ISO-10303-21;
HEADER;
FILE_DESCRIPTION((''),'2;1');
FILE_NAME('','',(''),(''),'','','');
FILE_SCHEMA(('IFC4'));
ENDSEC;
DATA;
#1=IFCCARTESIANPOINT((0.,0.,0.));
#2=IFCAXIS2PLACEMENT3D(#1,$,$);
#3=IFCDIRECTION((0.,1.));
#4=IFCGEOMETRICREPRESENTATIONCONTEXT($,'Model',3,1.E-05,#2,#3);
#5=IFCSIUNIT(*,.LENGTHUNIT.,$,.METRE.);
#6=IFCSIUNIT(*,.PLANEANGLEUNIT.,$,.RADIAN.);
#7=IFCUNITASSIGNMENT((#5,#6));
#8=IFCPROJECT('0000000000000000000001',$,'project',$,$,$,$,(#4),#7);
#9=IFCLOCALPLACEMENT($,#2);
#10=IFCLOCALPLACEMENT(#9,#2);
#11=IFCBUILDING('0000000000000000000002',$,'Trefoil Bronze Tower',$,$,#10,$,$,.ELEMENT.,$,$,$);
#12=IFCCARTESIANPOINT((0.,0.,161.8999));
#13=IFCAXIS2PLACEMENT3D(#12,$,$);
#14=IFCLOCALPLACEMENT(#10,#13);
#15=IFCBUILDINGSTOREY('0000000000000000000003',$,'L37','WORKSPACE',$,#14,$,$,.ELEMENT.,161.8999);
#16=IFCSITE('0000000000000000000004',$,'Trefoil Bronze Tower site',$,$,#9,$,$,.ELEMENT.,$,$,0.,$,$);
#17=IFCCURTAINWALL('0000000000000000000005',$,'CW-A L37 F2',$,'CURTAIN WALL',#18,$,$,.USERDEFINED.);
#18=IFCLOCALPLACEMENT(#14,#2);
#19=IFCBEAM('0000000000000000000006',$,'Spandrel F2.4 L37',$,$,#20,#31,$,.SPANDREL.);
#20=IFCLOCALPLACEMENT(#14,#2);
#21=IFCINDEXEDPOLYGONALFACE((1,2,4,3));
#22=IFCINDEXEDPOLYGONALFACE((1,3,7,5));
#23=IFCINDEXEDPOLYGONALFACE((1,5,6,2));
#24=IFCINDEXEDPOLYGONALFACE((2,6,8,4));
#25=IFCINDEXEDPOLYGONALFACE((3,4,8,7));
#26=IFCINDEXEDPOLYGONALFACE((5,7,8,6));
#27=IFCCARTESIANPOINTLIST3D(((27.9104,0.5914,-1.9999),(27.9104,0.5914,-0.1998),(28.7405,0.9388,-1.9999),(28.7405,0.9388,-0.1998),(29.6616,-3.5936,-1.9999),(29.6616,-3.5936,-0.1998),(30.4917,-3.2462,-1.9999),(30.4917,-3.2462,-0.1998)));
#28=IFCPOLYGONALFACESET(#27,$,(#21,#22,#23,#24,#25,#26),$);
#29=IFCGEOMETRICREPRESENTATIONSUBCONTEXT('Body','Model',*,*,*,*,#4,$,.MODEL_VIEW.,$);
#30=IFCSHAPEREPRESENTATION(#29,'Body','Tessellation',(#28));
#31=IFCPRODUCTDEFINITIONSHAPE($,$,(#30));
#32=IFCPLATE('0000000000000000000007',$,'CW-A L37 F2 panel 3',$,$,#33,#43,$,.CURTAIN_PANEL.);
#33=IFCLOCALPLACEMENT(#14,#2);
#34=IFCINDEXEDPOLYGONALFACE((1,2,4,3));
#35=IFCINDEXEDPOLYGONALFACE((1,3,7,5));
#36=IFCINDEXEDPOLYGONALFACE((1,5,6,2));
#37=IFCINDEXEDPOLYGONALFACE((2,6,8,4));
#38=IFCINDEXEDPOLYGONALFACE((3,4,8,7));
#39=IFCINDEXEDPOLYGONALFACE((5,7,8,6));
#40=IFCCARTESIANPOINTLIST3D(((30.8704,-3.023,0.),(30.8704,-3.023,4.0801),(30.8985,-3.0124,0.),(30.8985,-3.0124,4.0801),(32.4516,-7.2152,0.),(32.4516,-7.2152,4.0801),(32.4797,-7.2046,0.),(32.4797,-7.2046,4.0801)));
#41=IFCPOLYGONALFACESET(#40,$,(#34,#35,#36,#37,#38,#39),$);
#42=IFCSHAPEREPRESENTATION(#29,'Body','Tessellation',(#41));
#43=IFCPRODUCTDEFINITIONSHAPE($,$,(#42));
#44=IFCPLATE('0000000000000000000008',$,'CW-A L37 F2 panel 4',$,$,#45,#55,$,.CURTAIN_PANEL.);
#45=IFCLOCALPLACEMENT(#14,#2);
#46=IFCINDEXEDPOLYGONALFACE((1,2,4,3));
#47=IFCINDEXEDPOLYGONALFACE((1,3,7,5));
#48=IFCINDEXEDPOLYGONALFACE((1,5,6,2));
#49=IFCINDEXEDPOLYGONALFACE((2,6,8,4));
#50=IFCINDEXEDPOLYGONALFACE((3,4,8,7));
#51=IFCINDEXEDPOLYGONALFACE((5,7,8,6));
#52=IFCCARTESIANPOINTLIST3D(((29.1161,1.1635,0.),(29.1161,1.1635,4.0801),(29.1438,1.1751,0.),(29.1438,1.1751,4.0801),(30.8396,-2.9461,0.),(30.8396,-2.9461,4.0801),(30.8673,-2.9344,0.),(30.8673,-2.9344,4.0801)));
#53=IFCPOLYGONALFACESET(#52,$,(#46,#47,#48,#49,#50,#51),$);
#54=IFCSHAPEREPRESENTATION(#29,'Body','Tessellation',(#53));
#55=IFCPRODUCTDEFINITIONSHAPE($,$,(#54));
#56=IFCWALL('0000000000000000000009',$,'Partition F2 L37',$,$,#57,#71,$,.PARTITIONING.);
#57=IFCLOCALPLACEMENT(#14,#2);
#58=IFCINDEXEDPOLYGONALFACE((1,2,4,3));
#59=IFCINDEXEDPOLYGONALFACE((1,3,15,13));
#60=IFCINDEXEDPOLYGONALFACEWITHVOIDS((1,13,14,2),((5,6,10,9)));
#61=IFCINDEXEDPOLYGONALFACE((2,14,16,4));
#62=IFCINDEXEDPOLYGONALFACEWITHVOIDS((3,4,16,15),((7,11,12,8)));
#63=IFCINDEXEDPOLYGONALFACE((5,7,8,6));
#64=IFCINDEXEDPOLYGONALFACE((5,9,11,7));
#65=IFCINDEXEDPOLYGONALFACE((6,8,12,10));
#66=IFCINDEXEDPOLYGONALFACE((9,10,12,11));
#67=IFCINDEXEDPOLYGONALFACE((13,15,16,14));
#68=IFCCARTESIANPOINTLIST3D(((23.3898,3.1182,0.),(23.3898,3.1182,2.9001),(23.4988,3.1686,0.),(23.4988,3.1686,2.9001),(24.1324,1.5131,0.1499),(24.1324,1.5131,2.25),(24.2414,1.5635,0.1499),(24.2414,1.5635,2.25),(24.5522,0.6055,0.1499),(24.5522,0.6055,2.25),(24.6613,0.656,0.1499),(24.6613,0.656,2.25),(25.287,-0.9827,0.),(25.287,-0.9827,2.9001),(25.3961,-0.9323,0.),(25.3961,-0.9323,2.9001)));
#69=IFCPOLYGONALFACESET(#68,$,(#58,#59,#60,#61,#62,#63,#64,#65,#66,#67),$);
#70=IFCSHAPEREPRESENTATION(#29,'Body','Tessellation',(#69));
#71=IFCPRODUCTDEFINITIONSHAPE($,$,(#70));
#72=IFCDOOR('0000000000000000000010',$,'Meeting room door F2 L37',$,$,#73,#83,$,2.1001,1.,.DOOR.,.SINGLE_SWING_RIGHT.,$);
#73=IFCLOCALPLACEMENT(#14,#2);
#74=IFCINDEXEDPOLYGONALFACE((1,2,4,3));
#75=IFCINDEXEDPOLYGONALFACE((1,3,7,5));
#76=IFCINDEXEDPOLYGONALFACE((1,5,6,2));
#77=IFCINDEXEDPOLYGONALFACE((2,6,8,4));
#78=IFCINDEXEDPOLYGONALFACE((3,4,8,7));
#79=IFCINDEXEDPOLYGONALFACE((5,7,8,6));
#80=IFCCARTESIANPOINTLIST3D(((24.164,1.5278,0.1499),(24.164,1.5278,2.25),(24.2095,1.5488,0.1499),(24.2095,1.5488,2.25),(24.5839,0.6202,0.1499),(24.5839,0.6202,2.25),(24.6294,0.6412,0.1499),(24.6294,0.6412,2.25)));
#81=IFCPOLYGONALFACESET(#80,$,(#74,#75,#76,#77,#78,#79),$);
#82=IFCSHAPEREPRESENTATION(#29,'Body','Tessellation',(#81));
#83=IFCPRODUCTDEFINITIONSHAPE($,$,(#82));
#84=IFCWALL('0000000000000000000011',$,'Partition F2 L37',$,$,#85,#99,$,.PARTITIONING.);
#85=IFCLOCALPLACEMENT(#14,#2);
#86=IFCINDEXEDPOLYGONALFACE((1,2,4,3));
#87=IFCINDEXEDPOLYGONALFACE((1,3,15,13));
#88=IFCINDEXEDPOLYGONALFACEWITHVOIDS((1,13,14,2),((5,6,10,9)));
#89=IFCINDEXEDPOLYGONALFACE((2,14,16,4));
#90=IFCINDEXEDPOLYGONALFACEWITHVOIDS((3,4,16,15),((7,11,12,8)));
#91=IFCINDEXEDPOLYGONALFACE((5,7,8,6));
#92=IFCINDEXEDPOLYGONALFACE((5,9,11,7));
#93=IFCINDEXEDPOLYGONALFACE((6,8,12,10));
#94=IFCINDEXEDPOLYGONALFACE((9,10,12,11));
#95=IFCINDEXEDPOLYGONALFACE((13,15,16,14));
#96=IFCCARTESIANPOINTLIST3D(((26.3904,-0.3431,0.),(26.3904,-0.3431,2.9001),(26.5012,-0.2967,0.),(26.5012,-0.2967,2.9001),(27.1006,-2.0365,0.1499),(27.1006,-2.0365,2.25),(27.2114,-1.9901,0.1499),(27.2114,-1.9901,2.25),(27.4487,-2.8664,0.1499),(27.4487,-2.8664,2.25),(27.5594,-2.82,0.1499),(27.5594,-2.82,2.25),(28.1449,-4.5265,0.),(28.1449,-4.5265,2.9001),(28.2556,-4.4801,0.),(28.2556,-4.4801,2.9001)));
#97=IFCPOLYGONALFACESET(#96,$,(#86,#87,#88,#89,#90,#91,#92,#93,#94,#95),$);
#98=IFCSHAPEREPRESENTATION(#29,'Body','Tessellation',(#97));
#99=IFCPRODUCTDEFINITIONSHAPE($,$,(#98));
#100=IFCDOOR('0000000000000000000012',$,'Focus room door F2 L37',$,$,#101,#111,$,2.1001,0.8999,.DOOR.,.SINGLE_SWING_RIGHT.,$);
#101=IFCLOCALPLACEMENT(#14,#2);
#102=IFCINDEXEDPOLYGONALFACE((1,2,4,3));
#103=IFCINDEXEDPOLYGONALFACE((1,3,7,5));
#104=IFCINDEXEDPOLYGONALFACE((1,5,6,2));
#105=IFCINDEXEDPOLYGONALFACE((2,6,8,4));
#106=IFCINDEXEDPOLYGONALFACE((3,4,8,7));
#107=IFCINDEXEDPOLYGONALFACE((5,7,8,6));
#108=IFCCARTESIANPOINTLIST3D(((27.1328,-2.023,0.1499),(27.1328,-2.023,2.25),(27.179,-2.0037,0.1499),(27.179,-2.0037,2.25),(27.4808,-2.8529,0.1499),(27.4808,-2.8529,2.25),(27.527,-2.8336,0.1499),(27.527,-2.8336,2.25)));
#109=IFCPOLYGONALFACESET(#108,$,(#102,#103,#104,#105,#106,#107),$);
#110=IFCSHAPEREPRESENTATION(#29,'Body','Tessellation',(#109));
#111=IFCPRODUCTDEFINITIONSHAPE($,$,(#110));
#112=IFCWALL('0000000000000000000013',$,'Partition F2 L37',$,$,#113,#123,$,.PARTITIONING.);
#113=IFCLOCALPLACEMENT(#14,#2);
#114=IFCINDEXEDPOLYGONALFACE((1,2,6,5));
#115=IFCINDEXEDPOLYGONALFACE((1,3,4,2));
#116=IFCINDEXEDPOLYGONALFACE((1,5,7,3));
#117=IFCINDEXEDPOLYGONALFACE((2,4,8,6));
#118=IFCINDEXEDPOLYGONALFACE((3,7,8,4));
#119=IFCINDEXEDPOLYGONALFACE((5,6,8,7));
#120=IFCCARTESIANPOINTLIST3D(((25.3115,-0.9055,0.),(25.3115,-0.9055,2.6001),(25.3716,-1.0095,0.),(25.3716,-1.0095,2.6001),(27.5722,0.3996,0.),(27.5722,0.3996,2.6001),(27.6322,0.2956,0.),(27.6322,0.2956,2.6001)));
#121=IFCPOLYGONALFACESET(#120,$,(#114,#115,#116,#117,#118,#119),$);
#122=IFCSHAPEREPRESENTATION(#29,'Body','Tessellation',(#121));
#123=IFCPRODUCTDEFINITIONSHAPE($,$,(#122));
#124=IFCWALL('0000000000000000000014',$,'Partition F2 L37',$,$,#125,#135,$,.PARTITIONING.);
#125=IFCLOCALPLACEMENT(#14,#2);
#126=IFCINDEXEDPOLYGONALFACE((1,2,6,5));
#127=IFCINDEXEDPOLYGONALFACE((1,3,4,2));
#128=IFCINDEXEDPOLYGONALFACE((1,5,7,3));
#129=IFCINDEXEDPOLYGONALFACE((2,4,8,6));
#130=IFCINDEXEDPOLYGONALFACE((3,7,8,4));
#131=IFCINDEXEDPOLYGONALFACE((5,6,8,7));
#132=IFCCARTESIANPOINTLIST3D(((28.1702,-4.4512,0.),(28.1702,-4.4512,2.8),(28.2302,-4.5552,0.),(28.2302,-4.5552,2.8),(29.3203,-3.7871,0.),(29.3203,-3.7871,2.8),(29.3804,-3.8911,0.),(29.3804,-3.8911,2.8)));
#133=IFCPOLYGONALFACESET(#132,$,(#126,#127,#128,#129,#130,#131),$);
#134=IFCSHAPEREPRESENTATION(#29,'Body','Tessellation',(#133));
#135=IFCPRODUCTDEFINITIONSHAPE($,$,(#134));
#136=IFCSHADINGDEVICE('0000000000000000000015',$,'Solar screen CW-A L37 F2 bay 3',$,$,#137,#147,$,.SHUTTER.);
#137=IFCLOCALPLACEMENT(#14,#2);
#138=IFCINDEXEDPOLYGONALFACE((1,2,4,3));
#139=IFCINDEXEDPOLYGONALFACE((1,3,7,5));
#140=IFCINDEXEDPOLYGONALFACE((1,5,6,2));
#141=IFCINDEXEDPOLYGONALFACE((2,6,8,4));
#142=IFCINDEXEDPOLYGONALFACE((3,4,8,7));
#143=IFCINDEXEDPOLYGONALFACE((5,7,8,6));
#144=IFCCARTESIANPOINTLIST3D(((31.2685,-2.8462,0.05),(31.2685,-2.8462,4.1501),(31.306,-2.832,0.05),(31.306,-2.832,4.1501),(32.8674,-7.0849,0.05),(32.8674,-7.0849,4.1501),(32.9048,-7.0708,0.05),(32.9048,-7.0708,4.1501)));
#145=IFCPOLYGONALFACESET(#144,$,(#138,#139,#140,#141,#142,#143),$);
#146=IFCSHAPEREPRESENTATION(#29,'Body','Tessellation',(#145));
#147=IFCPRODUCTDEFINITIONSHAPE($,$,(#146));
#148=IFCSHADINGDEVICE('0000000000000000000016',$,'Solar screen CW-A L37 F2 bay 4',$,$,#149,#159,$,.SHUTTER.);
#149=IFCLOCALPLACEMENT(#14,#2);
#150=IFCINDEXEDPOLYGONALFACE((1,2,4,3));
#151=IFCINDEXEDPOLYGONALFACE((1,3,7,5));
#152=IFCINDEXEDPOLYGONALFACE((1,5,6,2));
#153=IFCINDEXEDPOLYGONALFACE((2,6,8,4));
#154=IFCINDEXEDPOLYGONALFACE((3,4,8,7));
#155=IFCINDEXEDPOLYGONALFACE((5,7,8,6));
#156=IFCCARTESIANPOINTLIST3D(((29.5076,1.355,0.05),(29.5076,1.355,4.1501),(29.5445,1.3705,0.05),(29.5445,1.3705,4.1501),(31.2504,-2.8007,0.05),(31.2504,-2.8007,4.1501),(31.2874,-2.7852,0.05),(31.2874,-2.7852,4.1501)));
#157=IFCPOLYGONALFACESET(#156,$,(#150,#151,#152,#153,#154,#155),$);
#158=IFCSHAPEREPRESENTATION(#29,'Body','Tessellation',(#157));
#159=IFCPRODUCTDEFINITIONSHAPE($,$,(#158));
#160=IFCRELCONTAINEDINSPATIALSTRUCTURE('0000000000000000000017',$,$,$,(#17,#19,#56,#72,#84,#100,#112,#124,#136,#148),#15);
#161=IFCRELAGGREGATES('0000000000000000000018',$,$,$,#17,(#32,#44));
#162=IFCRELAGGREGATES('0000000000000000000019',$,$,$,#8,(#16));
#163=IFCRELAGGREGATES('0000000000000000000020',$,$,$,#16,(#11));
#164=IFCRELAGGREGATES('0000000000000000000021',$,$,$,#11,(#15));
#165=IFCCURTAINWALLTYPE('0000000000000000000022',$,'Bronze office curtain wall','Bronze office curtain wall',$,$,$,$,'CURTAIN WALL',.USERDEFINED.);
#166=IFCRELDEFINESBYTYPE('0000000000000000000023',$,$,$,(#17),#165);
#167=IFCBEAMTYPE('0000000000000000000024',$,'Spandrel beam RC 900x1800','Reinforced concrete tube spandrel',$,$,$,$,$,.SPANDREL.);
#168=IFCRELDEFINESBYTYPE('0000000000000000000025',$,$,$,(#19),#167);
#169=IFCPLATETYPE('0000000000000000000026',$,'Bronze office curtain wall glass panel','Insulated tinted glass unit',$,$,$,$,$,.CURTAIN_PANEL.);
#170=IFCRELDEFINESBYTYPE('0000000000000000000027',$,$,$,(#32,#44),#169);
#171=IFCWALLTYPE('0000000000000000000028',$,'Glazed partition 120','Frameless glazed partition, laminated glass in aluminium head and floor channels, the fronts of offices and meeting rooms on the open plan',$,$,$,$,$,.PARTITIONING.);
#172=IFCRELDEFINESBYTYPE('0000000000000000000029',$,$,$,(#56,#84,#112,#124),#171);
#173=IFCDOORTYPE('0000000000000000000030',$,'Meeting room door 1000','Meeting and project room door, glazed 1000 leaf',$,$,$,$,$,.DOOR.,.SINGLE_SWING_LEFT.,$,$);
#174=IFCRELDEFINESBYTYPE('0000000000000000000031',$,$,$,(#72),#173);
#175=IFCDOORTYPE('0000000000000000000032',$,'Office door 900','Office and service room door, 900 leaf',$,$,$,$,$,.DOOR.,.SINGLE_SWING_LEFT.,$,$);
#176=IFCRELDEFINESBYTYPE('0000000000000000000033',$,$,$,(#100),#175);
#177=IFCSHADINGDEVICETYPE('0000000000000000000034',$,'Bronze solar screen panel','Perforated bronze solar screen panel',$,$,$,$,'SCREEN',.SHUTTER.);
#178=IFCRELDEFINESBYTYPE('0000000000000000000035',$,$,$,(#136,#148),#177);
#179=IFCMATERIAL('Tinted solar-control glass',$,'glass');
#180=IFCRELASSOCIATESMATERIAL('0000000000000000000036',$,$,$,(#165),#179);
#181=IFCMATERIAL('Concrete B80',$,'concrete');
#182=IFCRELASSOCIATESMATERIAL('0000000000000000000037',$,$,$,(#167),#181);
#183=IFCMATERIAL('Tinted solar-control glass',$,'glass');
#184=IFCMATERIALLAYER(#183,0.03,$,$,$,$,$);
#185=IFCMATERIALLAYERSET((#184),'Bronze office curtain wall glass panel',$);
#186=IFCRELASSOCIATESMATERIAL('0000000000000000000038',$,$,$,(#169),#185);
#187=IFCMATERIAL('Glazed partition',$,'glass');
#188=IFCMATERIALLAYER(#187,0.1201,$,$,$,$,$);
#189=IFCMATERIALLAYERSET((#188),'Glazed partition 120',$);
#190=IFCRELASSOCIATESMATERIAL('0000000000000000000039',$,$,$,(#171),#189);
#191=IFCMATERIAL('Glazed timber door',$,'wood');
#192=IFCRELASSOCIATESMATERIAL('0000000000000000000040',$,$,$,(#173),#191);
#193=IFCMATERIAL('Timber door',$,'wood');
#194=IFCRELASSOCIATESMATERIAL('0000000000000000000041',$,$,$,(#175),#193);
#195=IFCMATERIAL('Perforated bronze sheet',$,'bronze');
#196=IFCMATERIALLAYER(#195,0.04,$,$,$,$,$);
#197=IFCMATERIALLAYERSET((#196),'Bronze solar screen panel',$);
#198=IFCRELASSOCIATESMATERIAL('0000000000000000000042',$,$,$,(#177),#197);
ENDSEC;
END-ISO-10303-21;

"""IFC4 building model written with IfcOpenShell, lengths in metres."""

from ifc_helpers import new_model, si_unit, direction, frame, frame_2d, origin, origin_2d, place, context, subcontext, project, spatial, rectangle, extrude, material, layer, layer_set, material_profile, profile_set, type_object, element, fill, aggregate, save


model = new_model("IFC4")

# Units and contexts
model_context = context("Model", 3, precision=1e-05, world=origin(), true_north=direction((0.0, 1.0)))
body_context = subcontext(model_context, "Body", "Model", "MODEL_VIEW")
ifc_project = project(units=[si_unit("LENGTHUNIT", "METRE"), si_unit("PLANEANGLEUNIT", "RADIAN")], contexts=[model_context])

# Site, building, storey
site_placement = place(None, origin())
site = spatial("IfcSite", under=ifc_project, at=site_placement, Name="Trefoil Bronze Tower site", CompositionType="ELEMENT", RefElevation=0.0)
building_placement = place(site_placement, origin())
building = spatial("IfcBuilding", under=site, at=building_placement, Name="Trefoil Bronze Tower", CompositionType="ELEMENT")
storey_placement = place(building_placement, frame((0.0, 0.0, 161.8999)))
storey = spatial("IfcBuildingStorey", under=building, at=storey_placement, Name="L37", Description="WORKSPACE", CompositionType="ELEMENT", Elevation=161.8999)

# Curtain wall
ifc_material_1 = material(Name="Tinted solar-control glass", Category="glass")
curtain_wall_type = type_object("IfcCurtainWallType", Name="Bronze office curtain wall", Description="Bronze office curtain wall", ElementType="CURTAIN WALL", PredefinedType="USERDEFINED", material=ifc_material_1)
curtain_wall_placement = place(storey_placement, origin())
curtain_wall = element("IfcCurtainWall", 1, at=curtain_wall_placement, inside=storey, type_object=curtain_wall_type, Name="CW-A L37 F2", ObjectType="CURTAIN WALL", PredefinedType="USERDEFINED")

# Beam
ifc_material_2 = material(Name="Concrete B80", Category="concrete")
ifc_material_profile_1 = material_profile(ifc_material_2, rectangle(XDim=0.8999, YDim=1.8, at=origin_2d()), Name="RC 900x1800")
ifc_profile_set_1 = profile_set([ifc_material_profile_1], Name="Concrete B80")
beam_type_1 = type_object("IfcBeamType", Name="Spandrel beam RC 900x1800", Description="Reinforced concrete tube spandrel", PredefinedType="SPANDREL", material=ifc_profile_set_1)
beam_1_placement = place(storey_placement, frame((30.0767, -3.4199, -1.0999), z_axis=(-0.386013, 0.922493, 0.0), x_axis=(-0.922493, -0.386013, 0.0)))
element("IfcBeam", 2, at=beam_1_placement, inside=storey, type_object=beam_type_1, Name="Spandrel F2.4 L37", PredefinedType="SPANDREL", context=body_context, shape_type="SweptSolid", body=[
    extrude(rectangle(XDim=0.8999, YDim=1.8, at=origin_2d()), origin(), (0.0, 0.0, 1.0), 4.5366),
])

# Plates
ifc_material_3 = material(Name="Tinted solar-control glass", Category="glass")
ifc_layer_1 = layer(ifc_material_3, 0.03)
ifc_layer_set_1 = layer_set([ifc_layer_1], Name="Bronze office curtain wall glass panel")
plate_type = type_object("IfcPlateType", Name="Bronze office curtain wall glass panel", Description="Insulated tinted glass unit", PredefinedType="CURTAIN_PANEL", material=ifc_layer_set_1)
plate_1_placement = place(storey_placement, frame((31.675, -5.1138, 0.0), z_axis=(0.0, 0.0, 1.0), x_axis=(-0.35292, 0.935654, 0.0)))
plate_1 = element("IfcPlate", 3, at=plate_1_placement, type_object=plate_type, Name="CW-A L37 F2 panel 3", PredefinedType="CURTAIN_PANEL", context=body_context, shape_type="SweptSolid", body=[
    extrude(rectangle(XDim=4.4805, YDim=0.03, at=origin_2d()), origin(), (0.0, 0.0, 1.0), 4.0801),
])
plate_2_placement = place(storey_placement, frame((29.9917, -0.8855, 0.0), z_axis=(0.0, 0.0, 1.0), x_axis=(-0.386759, 0.922181, 0.0)))
plate_2 = element("IfcPlate", 4, at=plate_2_placement, type_object=plate_type, Name="CW-A L37 F2 panel 4", PredefinedType="CURTAIN_PANEL", context=body_context, shape_type="SweptSolid", body=[
    extrude(rectangle(XDim=4.4563, YDim=0.03, at=origin_2d()), origin(), (0.0, 0.0, 1.0), 4.0801),
])
aggregate(curtain_wall, [plate_1, plate_2])

# Walls, openings, doors
ifc_material_4 = material(Name="Glazed partition", Category="glass")
ifc_layer_2 = layer(ifc_material_4, 0.1201)
ifc_layer_set_2 = layer_set([ifc_layer_2], Name="Glazed partition 120")
wall_type = type_object("IfcWallType", Name="Glazed partition 120", Description="Frameless glazed partition, laminated glass in aluminium head and floor channels, the fronts of offices and meeting rooms on the open plan", PredefinedType="PARTITIONING", material=ifc_layer_set_2)
wall_1_placement = place(storey_placement, frame((25.3416, -0.9575, 0.0), z_axis=(0.0, 0.0, 1.0), x_axis=(-0.419884, 0.907578, 0.0)))
wall_1 = element("IfcWall", 5, at=wall_1_placement, inside=storey, type_object=wall_type, Name="Partition F2 L37", PredefinedType="PARTITIONING", context=body_context, shape_type="SweptSolid", body=[
    extrude(rectangle(XDim=4.5186, YDim=0.1201, at=frame_2d((2.2593, 0.0))), origin(), (0.0, 0.0, 1.0), 2.9001),
])
opening_1_placement = place(wall_1_placement, frame((1.75, 0.0, 0.1499)))
opening_1 = element("IfcOpeningElement", 6, at=opening_1_placement, cuts=wall_1, PredefinedType="OPENING", context=body_context, shape_type="SweptSolid", body=[
    extrude(rectangle(XDim=1.0, YDim=2.1001, at=frame_2d((0.5, 1.05))), frame((0.0, 0.0701, 0.0), z_axis=(0.0, -1.0, 0.0), x_axis=(1.0, 0.0, 0.0)), (0.0, 0.0, 1.0), 0.1401),
])
ifc_material_5 = material(Name="Glazed timber door", Category="wood")
door_type_1 = type_object("IfcDoorType", Name="Meeting room door 1000", Description="Meeting and project room door, glazed 1000 leaf", OperationType="SINGLE_SWING_LEFT", PredefinedType="DOOR", material=ifc_material_5)
door_1_placement = place(opening_1_placement, frame((1.0, 0.0, 0.0), z_axis=(0.0, 0.0, 1.0), x_axis=(-1.0, 0.0, 0.0)))
door_1 = element("IfcDoor", 7, at=door_1_placement, inside=storey, type_object=door_type_1, Name="Meeting room door F2 L37", OperationType="SINGLE_SWING_RIGHT", OverallHeight=2.1001, OverallWidth=1.0, PredefinedType="DOOR", context=body_context, shape_type="SweptSolid", body=[
    extrude(rectangle(XDim=1.0, YDim=2.1001, at=frame_2d((0.5, 1.05))), frame((0.0, 0.0249, 0.0), z_axis=(0.0, -1.0, 0.0), x_axis=(1.0, 0.0, 0.0)), (0.0, 0.0, 1.0), 0.05),
])
fill(opening_1, door_1)
wall_2_placement = place(storey_placement, frame((28.2002, -4.5032, 0.0), z_axis=(0.0, 0.0, 1.0), x_axis=(-0.386743, 0.922188, 0.0)))
wall_2 = element("IfcWall", 8, at=wall_2_placement, inside=storey, type_object=wall_type, Name="Partition F2 L37", PredefinedType="PARTITIONING", context=body_context, shape_type="SweptSolid", body=[
    extrude(rectangle(XDim=4.5364, YDim=0.1201, at=frame_2d((2.2681, 0.0))), origin(), (0.0, 0.0, 1.0), 2.9001),
])
opening_2_placement = place(wall_2_placement, frame((1.8, 0.0, 0.1499)))
opening_2 = element("IfcOpeningElement", 9, at=opening_2_placement, cuts=wall_2, PredefinedType="OPENING", context=body_context, shape_type="SweptSolid", body=[
    extrude(rectangle(XDim=0.8999, YDim=2.1001, at=frame_2d((0.45, 1.05))), frame((0.0, 0.0701, 0.0), z_axis=(0.0, -1.0, 0.0), x_axis=(1.0, 0.0, 0.0)), (0.0, 0.0, 1.0), 0.1401),
])
ifc_material_6 = material(Name="Timber door", Category="wood")
door_type_2 = type_object("IfcDoorType", Name="Office door 900", Description="Office and service room door, 900 leaf", OperationType="SINGLE_SWING_LEFT", PredefinedType="DOOR", material=ifc_material_6)
door_2_placement = place(opening_2_placement, frame((0.8999, 0.0, 0.0), z_axis=(0.0, 0.0, 1.0), x_axis=(-1.0, 0.0, 0.0)))
door_2 = element("IfcDoor", 10, at=door_2_placement, inside=storey, type_object=door_type_2, Name="Focus room door F2 L37", OperationType="SINGLE_SWING_RIGHT", OverallHeight=2.1001, OverallWidth=0.8999, PredefinedType="DOOR", context=body_context, shape_type="SweptSolid", body=[
    extrude(rectangle(XDim=0.8999, YDim=2.1001, at=frame_2d((0.45, 1.05))), frame((0.0, 0.0249, 0.0), z_axis=(0.0, -1.0, 0.0), x_axis=(1.0, 0.0, 0.0)), (0.0, 0.0, 1.0), 0.05),
])
fill(opening_2, door_2)

# Walls
wall_3_placement = place(storey_placement, frame((25.3416, -0.9575, 0.0), z_axis=(0.0, 0.0, 1.0), x_axis=(0.866036, 0.499982, 0.0)))
element("IfcWall", 11, at=wall_3_placement, inside=storey, type_object=wall_type, Name="Partition F2 L37", PredefinedType="PARTITIONING", context=body_context, shape_type="SweptSolid", body=[
    extrude(rectangle(XDim=2.6104, YDim=0.1201, at=frame_2d((1.3052, 0.0))), origin(), (0.0, 0.0, 1.0), 2.6001),
])
wall_4_placement = place(storey_placement, frame((28.2002, -4.5032, 0.0), z_axis=(0.0, 0.0, 1.0), x_axis=(0.866017, 0.500014, 0.0)))
element("IfcWall", 12, at=wall_4_placement, inside=storey, type_object=wall_type, Name="Partition F2 L37", PredefinedType="PARTITIONING", context=body_context, shape_type="SweptSolid", body=[
    extrude(rectangle(XDim=1.3281, YDim=0.1201, at=frame_2d((0.6641, 0.0))), origin(), (0.0, 0.0, 1.0), 2.8),
])

# Shading devices
ifc_material_7 = material(Name="Perforated bronze sheet", Category="bronze")
ifc_layer_3 = layer(ifc_material_7, 0.04)
ifc_layer_set_3 = layer_set([ifc_layer_3], Name="Bronze solar screen panel")
shading_device_type = type_object("IfcShadingDeviceType", Name="Bronze solar screen panel", Description="Perforated bronze solar screen panel", ElementType="SCREEN", PredefinedType="SHUTTER", material=ifc_layer_set_3)
shading_device_1_placement = place(storey_placement, frame((32.0867, -4.9585, 0.05), z_axis=(0.0, 0.0, 1.0), x_axis=(-0.35292, 0.935654, 0.0)))
element("IfcShadingDevice", 13, at=shading_device_1_placement, inside=storey, type_object=shading_device_type, Name="Solar screen CW-A L37 F2 bay 3", PredefinedType="SHUTTER", context=body_context, shape_type="SweptSolid", body=[
    extrude(rectangle(XDim=4.5303, YDim=0.04, at=origin_2d()), origin(), (0.0, 0.0, 1.0), 4.1001),
])
shading_device_2_placement = place(storey_placement, frame((30.3975, -0.7151, 0.05), z_axis=(0.0, 0.0, 1.0), x_axis=(-0.386759, 0.922181, 0.0)))
element("IfcShadingDevice", 14, at=shading_device_2_placement, inside=storey, type_object=shading_device_type, Name="Solar screen CW-A L37 F2 bay 4", PredefinedType="SHUTTER", context=body_context, shape_type="SweptSolid", body=[
    extrude(rectangle(XDim=4.5063, YDim=0.04, at=origin_2d()), origin(), (0.0, 0.0, 1.0), 4.1001),
])

save(model, "model.ifc")
